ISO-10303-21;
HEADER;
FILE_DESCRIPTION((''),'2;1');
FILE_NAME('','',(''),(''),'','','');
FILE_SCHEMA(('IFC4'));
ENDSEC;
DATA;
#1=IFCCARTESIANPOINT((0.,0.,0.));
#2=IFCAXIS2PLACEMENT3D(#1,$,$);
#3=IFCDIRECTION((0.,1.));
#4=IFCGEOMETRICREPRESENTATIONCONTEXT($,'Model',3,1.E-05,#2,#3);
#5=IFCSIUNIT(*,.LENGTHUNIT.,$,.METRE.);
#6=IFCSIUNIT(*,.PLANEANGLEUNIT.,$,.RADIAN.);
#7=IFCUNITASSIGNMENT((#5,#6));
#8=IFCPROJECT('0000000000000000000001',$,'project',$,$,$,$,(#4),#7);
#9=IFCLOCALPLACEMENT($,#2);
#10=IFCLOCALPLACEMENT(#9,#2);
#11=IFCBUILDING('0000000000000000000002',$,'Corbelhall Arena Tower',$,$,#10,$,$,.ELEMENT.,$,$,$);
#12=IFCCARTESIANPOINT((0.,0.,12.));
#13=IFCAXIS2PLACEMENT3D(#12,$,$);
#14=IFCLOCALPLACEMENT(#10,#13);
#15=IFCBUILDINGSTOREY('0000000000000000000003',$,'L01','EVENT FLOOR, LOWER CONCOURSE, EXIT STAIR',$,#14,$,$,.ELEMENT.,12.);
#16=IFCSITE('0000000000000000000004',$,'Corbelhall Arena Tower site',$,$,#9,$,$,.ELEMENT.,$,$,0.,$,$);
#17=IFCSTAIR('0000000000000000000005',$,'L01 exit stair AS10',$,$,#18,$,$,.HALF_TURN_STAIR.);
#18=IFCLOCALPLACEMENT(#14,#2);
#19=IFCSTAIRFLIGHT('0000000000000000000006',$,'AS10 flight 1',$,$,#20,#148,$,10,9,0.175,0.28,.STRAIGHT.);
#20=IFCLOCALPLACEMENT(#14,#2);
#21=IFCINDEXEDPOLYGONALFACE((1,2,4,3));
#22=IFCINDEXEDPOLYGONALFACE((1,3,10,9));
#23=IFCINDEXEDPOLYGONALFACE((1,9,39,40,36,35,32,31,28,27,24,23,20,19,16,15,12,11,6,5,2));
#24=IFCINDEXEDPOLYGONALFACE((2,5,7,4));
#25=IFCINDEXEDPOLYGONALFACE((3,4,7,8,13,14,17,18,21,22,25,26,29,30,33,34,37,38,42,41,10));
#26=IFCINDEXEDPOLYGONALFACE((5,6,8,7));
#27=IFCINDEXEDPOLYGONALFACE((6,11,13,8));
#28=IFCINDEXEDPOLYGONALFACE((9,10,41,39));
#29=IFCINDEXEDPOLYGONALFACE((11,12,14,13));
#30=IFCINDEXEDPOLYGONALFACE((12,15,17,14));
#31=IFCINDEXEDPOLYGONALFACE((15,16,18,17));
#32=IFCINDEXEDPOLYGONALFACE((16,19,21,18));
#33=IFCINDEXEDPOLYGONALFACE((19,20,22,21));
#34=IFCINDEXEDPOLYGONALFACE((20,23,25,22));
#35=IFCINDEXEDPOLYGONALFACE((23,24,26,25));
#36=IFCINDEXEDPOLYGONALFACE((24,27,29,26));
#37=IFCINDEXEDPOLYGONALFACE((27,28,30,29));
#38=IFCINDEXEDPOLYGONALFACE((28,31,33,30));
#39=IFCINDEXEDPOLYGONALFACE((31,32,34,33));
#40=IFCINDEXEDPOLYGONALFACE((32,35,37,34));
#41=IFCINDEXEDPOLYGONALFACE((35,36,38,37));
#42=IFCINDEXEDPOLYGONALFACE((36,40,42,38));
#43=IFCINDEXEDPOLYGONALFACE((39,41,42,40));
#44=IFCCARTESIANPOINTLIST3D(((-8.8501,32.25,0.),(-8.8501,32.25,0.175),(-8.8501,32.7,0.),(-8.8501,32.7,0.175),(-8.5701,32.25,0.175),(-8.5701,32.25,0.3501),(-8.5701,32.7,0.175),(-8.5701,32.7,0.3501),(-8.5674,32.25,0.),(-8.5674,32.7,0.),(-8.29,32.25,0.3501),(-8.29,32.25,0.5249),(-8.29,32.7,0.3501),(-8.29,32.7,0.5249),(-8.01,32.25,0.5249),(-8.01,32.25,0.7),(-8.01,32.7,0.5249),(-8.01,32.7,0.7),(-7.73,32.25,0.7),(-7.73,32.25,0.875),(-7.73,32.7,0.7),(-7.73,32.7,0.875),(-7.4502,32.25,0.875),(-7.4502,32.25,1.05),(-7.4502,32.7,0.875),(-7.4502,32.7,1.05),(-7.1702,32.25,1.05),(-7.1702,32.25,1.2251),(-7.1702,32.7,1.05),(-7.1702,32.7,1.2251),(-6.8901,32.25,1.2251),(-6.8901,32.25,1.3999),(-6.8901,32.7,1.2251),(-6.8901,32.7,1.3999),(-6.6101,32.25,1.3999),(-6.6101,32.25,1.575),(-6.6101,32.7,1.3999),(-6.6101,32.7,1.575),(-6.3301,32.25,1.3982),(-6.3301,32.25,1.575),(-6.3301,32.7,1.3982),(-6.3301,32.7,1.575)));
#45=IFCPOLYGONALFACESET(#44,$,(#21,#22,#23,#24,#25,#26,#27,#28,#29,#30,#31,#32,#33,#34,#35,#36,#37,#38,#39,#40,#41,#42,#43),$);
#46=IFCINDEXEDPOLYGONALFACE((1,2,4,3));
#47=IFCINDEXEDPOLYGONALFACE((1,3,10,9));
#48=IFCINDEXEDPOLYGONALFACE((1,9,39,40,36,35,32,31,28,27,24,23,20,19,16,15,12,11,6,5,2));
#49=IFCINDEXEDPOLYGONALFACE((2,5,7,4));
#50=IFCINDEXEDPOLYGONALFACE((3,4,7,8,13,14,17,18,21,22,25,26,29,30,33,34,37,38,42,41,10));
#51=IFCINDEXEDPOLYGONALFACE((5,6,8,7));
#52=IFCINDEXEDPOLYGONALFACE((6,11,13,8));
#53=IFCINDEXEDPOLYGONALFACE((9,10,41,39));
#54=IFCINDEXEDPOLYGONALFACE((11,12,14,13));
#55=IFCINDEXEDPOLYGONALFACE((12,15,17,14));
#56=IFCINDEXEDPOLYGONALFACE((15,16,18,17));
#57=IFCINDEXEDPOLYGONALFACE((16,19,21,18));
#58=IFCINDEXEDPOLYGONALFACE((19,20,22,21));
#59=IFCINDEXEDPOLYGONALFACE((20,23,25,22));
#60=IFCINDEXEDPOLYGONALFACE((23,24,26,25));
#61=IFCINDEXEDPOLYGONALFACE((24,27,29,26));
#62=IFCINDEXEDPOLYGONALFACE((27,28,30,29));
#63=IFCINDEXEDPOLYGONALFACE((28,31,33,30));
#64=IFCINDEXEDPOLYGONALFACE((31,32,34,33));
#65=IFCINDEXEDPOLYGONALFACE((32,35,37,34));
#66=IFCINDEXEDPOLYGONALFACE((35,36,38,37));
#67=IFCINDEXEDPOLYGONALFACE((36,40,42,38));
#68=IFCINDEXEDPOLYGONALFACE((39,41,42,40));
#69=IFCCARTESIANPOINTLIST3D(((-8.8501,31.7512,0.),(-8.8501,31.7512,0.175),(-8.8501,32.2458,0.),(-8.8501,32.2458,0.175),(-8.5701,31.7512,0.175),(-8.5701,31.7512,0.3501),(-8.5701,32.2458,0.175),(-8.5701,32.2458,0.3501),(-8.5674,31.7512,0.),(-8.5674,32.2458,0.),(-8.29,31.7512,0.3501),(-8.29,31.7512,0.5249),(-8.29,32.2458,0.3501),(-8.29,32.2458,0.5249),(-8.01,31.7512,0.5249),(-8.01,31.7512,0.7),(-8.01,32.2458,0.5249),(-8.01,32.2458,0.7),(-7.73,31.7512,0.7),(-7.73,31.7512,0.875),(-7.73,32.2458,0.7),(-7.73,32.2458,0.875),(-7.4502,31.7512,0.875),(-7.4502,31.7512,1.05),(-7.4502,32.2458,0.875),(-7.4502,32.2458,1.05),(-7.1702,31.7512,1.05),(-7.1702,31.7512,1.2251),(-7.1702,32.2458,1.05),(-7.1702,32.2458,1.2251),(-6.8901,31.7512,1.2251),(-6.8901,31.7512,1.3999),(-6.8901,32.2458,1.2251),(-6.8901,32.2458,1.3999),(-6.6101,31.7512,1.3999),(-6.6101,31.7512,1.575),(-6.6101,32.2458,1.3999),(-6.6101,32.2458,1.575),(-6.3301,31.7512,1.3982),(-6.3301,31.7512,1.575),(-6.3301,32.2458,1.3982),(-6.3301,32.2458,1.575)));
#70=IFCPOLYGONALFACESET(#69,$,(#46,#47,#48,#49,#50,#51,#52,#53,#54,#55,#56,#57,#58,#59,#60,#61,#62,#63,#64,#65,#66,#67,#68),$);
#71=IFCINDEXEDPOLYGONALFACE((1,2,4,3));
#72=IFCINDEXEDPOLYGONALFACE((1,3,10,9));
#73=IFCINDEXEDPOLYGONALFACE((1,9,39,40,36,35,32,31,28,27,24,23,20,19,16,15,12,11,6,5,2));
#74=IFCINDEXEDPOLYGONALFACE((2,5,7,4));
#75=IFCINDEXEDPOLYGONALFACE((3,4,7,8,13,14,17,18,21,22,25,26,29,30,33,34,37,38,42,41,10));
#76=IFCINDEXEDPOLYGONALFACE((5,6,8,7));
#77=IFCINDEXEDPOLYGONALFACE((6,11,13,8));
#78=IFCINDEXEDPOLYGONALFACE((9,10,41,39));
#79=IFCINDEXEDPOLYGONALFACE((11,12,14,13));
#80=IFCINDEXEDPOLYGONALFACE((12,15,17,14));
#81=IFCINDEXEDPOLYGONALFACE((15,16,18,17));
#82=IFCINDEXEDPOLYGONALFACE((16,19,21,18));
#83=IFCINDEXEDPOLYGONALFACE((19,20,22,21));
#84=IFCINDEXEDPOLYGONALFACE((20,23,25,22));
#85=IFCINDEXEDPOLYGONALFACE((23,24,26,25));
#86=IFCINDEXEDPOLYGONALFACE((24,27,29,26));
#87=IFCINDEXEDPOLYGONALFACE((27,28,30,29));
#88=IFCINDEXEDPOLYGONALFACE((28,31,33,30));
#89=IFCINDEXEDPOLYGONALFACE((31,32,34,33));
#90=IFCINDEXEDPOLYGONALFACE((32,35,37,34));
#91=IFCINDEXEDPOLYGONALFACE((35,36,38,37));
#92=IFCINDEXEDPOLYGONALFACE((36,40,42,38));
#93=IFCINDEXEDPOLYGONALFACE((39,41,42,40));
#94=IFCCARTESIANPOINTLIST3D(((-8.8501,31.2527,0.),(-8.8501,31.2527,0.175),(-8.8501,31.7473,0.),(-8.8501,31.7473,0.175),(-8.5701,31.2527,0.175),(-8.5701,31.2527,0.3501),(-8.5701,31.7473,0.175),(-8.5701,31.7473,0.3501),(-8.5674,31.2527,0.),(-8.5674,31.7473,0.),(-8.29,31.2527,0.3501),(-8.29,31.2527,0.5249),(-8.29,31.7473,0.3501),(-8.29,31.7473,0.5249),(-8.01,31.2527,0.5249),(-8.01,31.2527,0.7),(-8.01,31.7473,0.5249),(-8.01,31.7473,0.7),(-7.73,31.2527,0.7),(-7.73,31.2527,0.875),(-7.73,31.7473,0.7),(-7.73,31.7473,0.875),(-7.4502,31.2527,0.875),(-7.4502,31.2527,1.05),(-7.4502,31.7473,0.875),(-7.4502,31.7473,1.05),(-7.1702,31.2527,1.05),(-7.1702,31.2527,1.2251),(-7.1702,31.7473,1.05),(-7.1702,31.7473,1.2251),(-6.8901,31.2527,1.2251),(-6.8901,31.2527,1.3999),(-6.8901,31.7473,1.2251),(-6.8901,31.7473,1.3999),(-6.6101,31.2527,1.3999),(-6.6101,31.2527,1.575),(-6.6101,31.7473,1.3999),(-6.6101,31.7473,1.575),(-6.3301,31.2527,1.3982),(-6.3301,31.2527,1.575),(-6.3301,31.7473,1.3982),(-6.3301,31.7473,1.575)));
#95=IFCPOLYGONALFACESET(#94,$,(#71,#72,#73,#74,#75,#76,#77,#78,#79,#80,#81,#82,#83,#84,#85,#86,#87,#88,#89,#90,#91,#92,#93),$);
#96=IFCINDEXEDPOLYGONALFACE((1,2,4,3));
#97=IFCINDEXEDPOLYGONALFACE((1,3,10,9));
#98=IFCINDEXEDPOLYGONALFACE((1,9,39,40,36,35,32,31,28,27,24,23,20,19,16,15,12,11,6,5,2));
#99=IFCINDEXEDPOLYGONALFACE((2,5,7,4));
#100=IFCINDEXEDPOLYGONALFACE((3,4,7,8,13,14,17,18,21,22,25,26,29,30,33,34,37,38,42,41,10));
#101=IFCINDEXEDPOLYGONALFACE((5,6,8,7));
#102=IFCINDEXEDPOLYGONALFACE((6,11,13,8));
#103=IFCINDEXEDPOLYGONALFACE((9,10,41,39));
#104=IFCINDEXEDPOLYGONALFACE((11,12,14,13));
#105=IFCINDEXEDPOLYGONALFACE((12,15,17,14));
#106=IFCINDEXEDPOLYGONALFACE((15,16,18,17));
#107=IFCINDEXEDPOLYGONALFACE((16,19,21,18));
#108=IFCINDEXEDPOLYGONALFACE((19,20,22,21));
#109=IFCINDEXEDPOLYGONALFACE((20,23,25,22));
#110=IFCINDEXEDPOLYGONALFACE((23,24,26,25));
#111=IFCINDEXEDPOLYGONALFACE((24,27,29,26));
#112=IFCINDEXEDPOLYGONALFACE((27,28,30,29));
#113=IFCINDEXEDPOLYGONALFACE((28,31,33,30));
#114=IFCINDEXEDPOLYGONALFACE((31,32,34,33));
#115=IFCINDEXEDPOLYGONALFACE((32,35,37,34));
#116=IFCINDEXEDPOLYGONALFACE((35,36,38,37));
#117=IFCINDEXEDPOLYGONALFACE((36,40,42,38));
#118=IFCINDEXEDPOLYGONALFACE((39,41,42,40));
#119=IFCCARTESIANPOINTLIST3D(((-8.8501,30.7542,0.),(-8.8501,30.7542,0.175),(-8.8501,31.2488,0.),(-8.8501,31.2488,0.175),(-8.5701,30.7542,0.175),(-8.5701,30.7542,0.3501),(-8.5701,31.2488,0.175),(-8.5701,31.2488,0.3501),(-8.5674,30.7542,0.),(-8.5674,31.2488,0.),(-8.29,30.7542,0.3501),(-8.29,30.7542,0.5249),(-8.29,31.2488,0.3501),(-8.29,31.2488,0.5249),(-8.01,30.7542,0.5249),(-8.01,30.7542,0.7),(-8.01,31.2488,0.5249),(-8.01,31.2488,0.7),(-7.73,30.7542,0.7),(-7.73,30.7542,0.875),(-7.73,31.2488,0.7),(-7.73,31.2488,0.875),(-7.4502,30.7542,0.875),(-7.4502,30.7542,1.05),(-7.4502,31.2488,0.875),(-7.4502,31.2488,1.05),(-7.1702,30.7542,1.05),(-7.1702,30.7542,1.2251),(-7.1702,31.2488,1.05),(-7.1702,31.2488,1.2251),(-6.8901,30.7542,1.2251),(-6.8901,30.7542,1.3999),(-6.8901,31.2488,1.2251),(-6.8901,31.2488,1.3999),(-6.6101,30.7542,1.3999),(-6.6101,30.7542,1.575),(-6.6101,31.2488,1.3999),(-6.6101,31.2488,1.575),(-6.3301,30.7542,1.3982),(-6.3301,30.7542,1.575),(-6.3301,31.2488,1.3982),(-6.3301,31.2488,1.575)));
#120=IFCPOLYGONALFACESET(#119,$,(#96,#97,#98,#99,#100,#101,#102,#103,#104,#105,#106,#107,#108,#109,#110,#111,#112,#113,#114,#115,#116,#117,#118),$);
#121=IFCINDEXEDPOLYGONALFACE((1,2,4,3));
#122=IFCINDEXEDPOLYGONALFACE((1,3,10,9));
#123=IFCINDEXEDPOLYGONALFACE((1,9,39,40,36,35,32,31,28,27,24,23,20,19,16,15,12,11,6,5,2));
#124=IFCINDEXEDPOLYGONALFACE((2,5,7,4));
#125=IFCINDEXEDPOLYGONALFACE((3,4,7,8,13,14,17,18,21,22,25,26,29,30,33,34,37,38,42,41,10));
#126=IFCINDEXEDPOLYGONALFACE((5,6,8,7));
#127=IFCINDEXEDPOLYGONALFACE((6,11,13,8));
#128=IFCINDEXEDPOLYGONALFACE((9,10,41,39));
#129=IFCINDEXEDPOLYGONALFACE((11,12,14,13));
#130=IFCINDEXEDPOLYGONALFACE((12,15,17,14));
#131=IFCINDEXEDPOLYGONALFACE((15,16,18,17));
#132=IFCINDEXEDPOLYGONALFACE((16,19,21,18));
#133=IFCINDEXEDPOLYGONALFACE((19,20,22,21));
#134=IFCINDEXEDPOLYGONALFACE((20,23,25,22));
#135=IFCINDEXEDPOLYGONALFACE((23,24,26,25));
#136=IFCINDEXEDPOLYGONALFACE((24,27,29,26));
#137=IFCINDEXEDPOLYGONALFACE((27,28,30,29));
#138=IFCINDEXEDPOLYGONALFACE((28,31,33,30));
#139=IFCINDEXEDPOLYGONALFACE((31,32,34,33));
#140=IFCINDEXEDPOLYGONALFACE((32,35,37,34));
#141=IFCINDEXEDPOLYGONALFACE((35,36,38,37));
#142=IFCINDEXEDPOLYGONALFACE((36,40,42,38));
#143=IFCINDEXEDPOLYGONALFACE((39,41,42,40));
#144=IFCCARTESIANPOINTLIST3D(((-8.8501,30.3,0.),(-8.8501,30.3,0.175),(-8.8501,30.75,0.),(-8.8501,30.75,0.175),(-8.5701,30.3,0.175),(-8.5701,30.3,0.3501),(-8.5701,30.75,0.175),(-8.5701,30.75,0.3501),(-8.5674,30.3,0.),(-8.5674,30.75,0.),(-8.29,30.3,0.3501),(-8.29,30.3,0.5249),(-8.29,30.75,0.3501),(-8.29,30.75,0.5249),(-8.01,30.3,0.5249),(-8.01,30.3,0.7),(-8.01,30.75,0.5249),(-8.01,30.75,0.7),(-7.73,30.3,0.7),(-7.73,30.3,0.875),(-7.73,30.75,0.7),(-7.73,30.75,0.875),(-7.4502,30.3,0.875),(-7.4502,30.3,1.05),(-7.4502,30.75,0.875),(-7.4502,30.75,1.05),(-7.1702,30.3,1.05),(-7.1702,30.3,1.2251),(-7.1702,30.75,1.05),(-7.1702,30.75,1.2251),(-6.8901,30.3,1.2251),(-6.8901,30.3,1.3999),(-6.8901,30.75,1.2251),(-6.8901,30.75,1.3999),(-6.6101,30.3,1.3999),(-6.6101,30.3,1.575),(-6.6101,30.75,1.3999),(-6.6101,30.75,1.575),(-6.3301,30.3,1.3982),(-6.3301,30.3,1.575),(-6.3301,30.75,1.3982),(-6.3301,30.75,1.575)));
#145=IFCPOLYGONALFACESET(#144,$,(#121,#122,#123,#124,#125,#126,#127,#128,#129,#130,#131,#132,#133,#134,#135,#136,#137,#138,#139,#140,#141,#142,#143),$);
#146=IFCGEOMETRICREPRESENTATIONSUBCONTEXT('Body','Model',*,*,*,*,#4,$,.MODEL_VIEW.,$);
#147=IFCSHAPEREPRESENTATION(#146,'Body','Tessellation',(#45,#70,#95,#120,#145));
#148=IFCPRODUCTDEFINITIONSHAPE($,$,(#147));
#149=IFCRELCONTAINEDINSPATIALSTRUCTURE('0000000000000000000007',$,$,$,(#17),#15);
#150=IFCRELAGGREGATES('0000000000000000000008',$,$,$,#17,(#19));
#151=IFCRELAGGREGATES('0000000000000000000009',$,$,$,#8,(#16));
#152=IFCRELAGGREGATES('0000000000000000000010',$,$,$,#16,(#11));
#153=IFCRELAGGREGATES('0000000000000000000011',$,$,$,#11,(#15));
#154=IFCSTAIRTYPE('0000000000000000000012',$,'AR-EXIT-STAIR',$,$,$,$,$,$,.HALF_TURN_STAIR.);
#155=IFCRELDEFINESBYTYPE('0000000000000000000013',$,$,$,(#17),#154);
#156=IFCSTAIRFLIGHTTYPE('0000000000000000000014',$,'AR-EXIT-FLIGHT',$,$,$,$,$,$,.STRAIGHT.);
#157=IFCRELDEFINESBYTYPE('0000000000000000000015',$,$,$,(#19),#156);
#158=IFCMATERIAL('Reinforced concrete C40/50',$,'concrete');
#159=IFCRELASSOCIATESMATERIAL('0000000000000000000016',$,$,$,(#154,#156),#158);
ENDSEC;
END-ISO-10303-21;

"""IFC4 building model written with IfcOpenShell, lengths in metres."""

from ifc_helpers import new_model, si_unit, direction, frame, origin, place, context, subcontext, project, spatial, polyline, outline, extrude, material, type_object, element, aggregate, save


model = new_model("IFC4")

# Units and contexts
model_context = context("Model", 3, precision=1e-05, world=origin(), true_north=direction((0.0, 1.0)))
body_context = subcontext(model_context, "Body", "Model", "MODEL_VIEW")
ifc_project = project(units=[si_unit("LENGTHUNIT", "METRE"), si_unit("PLANEANGLEUNIT", "RADIAN")], contexts=[model_context])

# Site, building, storey
site_placement = place(None, origin())
site = spatial("IfcSite", under=ifc_project, at=site_placement, Name="Corbelhall Arena Tower site", CompositionType="ELEMENT", RefElevation=0.0)
building_placement = place(site_placement, origin())
building = spatial("IfcBuilding", under=site, at=building_placement, Name="Corbelhall Arena Tower", CompositionType="ELEMENT")
storey_placement = place(building_placement, frame((0.0, 0.0, 12.0)))
storey = spatial("IfcBuildingStorey", under=building, at=storey_placement, Name="L01", Description="EVENT FLOOR, LOWER CONCOURSE, EXIT STAIR", CompositionType="ELEMENT", Elevation=12.0)

# Shared definitions
ifc_material_1 = material(Name="Reinforced concrete C40/50", Category="concrete")

# Stair, stair flight
stair_type = type_object("IfcStairType", Name="AR-EXIT-STAIR", PredefinedType="HALF_TURN_STAIR", material=ifc_material_1)
stair_flight_type = type_object("IfcStairFlightType", Name="AR-EXIT-FLIGHT", PredefinedType="STRAIGHT", material=ifc_material_1)
stair_1_placement = place(storey_placement, origin())
stair_1 = element("IfcStair", 1, at=stair_1_placement, inside=storey, type_object=stair_type, Name="L01 exit stair AS10", PredefinedType="HALF_TURN_STAIR")
stair_flight_1_placement = place(storey_placement, frame((-8.8501, 31.5, 0.0), z_axis=(0.0, 0.0, 1.0), x_axis=(1.0, 0.0, 0.0)))
stair_flight_1 = element("IfcStairFlight", 2, at=stair_flight_1_placement, type_object=stair_flight_type, Name="AS10 flight 1", NumberOfRisers=10, NumberOfTreads=9, PredefinedType="STRAIGHT", RiserHeight=0.175, TreadLength=0.28, context=body_context, shape_type="SweptSolid", body=[
    extrude(outline(polyline([(0.0, 0.0), (0.0, 0.175), (0.28, 0.175), (0.28, 0.3501), (0.5601, 0.3501), (0.5601, 0.5249), (0.8401, 0.5249), (0.8401, 0.7), (1.1201, 0.7), (1.1201, 0.875), (1.3999, 0.875), (1.3999, 1.05), (1.6799, 1.05), (1.6799, 1.2251), (1.96, 1.2251), (1.96, 1.3999), (2.24, 1.3999), (2.24, 1.575), (2.52, 1.575), (2.52, 1.75), (2.52, 1.3982), (0.2827, 0.0), (0.0, 0.0)])), frame((0.0, 1.2, 0.0), z_axis=(0.0, -1.0, 0.0), x_axis=(1.0, 0.0, 0.0)), (0.0, 0.0, 1.0), 0.45),
    extrude(outline(polyline([(0.0, 0.0), (0.0, 0.175), (0.28, 0.175), (0.28, 0.3501), (0.5601, 0.3501), (0.5601, 0.5249), (0.8401, 0.5249), (0.8401, 0.7), (1.1201, 0.7), (1.1201, 0.875), (1.3999, 0.875), (1.3999, 1.05), (1.6799, 1.05), (1.6799, 1.2251), (1.96, 1.2251), (1.96, 1.3999), (2.24, 1.3999), (2.24, 1.575), (2.52, 1.575), (2.52, 1.75), (2.52, 1.3982), (0.2827, 0.0), (0.0, 0.0)])), frame((0.0, 0.7458, 0.0), z_axis=(0.0, -1.0, 0.0), x_axis=(1.0, 0.0, 0.0)), (0.0, 0.0, 1.0), 0.4946),
    extrude(outline(polyline([(0.0, 0.0), (0.0, 0.175), (0.28, 0.175), (0.28, 0.3501), (0.5601, 0.3501), (0.5601, 0.5249), (0.8401, 0.5249), (0.8401, 0.7), (1.1201, 0.7), (1.1201, 0.875), (1.3999, 0.875), (1.3999, 1.05), (1.6799, 1.05), (1.6799, 1.2251), (1.96, 1.2251), (1.96, 1.3999), (2.24, 1.3999), (2.24, 1.575), (2.52, 1.575), (2.52, 1.75), (2.52, 1.3982), (0.2827, 0.0), (0.0, 0.0)])), frame((0.0, 0.2473, 0.0), z_axis=(0.0, -1.0, 0.0), x_axis=(1.0, 0.0, 0.0)), (0.0, 0.0, 1.0), 0.4946),
    extrude(outline(polyline([(0.0, 0.0), (0.0, 0.175), (0.28, 0.175), (0.28, 0.3501), (0.5601, 0.3501), (0.5601, 0.5249), (0.8401, 0.5249), (0.8401, 0.7), (1.1201, 0.7), (1.1201, 0.875), (1.3999, 0.875), (1.3999, 1.05), (1.6799, 1.05), (1.6799, 1.2251), (1.96, 1.2251), (1.96, 1.3999), (2.24, 1.3999), (2.24, 1.575), (2.52, 1.575), (2.52, 1.75), (2.52, 1.3982), (0.2827, 0.0), (0.0, 0.0)])), frame((0.0, -0.2512, 0.0), z_axis=(0.0, -1.0, 0.0), x_axis=(1.0, 0.0, 0.0)), (0.0, 0.0, 1.0), 0.4946),
    extrude(outline(polyline([(0.0, 0.0), (0.0, 0.175), (0.28, 0.175), (0.28, 0.3501), (0.5601, 0.3501), (0.5601, 0.5249), (0.8401, 0.5249), (0.8401, 0.7), (1.1201, 0.7), (1.1201, 0.875), (1.3999, 0.875), (1.3999, 1.05), (1.6799, 1.05), (1.6799, 1.2251), (1.96, 1.2251), (1.96, 1.3999), (2.24, 1.3999), (2.24, 1.575), (2.52, 1.575), (2.52, 1.75), (2.52, 1.3982), (0.2827, 0.0), (0.0, 0.0)])), frame((0.0, -0.75, 0.0), z_axis=(0.0, -1.0, 0.0), x_axis=(1.0, 0.0, 0.0)), (0.0, 0.0, 1.0), 0.45),
])
aggregate(stair_1, [stair_flight_1])

save(model, "model.ifc")
